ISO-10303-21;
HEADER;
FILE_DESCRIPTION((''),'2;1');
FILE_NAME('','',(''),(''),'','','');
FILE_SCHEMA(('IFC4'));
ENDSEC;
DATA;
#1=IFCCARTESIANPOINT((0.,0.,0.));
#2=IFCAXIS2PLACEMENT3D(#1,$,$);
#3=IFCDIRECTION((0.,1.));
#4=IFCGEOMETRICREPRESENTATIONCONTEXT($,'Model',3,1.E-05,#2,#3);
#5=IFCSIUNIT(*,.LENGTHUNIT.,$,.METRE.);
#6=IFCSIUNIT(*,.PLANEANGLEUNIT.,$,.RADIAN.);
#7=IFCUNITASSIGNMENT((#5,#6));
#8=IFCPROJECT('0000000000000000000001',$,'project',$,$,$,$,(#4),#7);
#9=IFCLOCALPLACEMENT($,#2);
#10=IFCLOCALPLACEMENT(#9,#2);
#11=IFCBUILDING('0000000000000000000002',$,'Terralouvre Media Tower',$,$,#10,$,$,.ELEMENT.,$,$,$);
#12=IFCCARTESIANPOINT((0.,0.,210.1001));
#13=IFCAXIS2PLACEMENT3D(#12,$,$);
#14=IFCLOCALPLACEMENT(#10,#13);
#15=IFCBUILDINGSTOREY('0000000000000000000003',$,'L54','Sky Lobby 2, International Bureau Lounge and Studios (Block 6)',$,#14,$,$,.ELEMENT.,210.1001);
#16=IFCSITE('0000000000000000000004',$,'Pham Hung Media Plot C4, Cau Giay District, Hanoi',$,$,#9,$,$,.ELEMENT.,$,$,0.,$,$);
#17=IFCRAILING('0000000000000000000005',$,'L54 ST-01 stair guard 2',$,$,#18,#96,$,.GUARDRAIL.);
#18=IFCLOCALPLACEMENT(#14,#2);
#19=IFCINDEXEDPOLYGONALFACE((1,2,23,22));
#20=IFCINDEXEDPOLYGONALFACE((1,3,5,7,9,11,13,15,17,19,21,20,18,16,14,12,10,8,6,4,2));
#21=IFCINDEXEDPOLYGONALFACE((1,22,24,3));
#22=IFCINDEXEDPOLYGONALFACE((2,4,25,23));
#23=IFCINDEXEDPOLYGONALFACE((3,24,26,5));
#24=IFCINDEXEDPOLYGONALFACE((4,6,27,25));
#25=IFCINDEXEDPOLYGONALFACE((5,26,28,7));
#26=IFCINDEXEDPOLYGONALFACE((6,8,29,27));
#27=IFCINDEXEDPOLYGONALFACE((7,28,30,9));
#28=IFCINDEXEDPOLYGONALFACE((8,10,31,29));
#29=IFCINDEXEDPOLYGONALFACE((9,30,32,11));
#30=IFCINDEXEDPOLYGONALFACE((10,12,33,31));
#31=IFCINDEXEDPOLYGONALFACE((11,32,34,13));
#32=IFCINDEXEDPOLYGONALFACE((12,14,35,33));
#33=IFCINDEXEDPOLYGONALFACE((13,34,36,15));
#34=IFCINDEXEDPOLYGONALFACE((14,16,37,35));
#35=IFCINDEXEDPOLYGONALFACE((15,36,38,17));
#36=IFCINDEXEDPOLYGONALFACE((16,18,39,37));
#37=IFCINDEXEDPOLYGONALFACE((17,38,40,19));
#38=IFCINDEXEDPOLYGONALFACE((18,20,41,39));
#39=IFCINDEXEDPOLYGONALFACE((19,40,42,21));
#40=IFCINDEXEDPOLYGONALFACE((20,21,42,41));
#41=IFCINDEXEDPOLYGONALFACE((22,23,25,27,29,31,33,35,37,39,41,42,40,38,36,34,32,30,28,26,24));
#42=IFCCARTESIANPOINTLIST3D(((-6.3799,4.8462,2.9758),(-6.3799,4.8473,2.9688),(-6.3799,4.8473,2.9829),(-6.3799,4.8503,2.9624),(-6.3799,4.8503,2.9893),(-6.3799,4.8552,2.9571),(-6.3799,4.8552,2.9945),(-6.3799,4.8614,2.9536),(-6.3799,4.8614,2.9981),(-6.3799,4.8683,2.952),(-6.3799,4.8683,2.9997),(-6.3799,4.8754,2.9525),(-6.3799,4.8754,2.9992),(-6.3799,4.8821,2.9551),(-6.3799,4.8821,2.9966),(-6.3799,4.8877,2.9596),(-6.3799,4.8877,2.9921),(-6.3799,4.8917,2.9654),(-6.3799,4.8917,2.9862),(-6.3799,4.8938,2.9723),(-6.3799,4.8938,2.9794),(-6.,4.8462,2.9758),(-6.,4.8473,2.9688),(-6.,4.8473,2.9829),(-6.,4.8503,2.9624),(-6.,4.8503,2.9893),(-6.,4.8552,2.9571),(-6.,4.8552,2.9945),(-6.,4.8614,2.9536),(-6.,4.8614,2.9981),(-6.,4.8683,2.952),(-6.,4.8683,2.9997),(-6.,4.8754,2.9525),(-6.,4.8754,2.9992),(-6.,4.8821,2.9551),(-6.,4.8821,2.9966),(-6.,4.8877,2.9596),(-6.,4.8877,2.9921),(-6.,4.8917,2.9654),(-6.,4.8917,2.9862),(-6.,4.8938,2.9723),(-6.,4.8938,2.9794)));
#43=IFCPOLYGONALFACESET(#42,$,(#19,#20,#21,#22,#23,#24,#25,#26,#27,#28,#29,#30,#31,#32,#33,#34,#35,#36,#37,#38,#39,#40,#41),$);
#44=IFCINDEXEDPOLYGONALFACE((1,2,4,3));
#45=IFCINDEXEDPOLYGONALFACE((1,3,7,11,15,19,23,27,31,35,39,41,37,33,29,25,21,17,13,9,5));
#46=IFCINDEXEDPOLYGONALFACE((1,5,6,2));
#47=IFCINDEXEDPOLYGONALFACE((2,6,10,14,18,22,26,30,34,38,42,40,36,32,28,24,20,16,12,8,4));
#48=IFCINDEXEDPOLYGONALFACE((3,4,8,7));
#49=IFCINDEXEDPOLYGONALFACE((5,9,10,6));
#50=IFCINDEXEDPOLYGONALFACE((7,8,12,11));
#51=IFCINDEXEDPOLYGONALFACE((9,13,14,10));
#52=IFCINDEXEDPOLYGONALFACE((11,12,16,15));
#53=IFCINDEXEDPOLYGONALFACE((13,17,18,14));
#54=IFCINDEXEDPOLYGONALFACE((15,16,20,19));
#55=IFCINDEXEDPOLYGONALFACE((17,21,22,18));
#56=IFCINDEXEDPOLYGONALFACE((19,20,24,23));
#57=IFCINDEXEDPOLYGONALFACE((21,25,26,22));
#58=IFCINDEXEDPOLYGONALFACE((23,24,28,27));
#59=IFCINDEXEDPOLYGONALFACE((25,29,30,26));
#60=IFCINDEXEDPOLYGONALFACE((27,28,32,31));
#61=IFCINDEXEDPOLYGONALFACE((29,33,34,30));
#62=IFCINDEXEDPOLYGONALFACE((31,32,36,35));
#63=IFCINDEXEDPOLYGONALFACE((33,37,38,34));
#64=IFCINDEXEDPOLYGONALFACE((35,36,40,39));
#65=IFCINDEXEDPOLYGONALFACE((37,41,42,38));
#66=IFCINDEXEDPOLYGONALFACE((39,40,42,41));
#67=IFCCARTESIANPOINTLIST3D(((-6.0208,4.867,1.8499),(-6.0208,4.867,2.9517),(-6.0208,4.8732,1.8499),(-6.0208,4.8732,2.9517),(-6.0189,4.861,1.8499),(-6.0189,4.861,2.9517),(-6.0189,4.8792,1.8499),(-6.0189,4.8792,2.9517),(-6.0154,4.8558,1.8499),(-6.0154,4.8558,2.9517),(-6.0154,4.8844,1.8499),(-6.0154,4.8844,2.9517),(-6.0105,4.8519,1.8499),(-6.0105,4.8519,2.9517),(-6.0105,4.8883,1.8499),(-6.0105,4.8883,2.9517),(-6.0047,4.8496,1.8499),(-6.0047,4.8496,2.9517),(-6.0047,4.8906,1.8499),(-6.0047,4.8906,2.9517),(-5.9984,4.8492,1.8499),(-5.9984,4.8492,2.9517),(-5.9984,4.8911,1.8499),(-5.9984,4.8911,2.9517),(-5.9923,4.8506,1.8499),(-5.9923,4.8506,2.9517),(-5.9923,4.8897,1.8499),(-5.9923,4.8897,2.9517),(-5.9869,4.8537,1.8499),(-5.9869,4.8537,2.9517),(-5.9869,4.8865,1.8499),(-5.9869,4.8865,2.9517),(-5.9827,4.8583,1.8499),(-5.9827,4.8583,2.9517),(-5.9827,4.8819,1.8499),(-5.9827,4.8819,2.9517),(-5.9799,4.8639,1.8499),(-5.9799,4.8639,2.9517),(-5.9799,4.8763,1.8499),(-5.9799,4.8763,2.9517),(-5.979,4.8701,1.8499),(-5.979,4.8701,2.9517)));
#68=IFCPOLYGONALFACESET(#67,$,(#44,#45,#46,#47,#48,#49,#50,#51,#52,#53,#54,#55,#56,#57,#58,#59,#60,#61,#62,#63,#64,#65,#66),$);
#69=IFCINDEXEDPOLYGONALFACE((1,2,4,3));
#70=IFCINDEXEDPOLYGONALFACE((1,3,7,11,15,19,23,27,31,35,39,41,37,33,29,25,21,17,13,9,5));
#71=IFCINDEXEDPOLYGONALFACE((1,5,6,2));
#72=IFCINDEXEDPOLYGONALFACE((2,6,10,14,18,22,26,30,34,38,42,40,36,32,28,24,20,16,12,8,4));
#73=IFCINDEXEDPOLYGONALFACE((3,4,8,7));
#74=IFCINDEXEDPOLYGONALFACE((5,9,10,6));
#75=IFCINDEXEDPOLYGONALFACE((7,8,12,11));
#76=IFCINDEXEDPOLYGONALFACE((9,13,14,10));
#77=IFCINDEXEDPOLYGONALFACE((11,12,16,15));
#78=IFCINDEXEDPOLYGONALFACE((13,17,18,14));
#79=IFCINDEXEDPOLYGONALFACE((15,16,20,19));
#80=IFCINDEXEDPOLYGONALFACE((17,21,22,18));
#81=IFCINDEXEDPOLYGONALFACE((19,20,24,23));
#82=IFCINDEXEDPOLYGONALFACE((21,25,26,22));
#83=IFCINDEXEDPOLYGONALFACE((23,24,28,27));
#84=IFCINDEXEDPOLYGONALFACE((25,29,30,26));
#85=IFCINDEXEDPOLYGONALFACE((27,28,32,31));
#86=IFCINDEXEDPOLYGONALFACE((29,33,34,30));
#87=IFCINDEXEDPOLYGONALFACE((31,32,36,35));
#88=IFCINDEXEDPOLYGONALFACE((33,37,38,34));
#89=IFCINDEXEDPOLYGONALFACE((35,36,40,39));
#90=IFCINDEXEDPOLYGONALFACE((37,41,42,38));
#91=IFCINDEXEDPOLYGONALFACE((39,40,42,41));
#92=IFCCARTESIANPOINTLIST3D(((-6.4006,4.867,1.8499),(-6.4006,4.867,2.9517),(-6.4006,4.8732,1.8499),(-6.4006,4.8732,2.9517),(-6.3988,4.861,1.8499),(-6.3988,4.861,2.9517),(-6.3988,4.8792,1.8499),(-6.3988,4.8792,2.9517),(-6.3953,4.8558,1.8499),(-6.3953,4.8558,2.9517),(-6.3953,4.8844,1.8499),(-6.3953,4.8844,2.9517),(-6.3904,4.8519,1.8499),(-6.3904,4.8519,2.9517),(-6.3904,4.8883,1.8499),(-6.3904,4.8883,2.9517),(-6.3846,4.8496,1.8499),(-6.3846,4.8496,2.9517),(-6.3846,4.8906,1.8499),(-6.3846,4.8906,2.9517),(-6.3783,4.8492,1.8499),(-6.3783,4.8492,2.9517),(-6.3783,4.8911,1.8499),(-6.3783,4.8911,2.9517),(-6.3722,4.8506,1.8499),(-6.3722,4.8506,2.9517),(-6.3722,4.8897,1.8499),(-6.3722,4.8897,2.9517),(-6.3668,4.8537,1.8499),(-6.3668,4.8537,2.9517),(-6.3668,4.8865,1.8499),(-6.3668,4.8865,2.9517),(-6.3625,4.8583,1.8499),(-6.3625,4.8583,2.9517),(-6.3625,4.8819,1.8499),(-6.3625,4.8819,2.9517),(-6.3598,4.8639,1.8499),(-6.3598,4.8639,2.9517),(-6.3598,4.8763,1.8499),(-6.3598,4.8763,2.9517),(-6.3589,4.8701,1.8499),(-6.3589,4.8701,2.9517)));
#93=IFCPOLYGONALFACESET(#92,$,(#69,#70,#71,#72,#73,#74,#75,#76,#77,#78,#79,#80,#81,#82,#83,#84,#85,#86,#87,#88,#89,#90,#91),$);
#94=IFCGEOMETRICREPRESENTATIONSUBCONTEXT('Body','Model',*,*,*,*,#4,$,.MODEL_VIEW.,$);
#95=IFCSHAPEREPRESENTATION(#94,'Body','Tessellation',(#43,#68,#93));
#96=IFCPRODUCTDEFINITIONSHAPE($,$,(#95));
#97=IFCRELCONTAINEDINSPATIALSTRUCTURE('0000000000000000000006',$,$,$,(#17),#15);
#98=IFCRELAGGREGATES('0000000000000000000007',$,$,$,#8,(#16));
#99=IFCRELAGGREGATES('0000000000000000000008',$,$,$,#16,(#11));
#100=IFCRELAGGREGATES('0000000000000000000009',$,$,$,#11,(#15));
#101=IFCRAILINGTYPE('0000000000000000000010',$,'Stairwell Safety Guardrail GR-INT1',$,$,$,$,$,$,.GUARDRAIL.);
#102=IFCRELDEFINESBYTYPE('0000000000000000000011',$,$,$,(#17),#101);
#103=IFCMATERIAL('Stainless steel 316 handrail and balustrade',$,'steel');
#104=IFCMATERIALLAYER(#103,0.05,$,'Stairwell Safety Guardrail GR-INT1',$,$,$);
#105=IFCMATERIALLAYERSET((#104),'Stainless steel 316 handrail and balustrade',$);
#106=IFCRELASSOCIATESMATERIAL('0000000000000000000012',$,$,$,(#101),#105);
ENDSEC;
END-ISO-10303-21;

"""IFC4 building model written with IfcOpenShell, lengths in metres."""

from ifc_helpers import new_model, si_unit, direction, frame, origin, origin_2d, place, context, subcontext, project, spatial, circle, extrude, material, layer, layer_set, type_object, element, save


model = new_model("IFC4")

# Units and contexts
model_context = context("Model", 3, precision=1e-05, world=origin(), true_north=direction((0.0, 1.0)))
body_context = subcontext(model_context, "Body", "Model", "MODEL_VIEW")
ifc_project = project(units=[si_unit("LENGTHUNIT", "METRE"), si_unit("PLANEANGLEUNIT", "RADIAN")], contexts=[model_context])

# Site, building, storey
site_placement = place(None, origin())
site = spatial("IfcSite", under=ifc_project, at=site_placement, Name="Pham Hung Media Plot C4, Cau Giay District, Hanoi", CompositionType="ELEMENT", RefElevation=0.0)
building_placement = place(site_placement, origin())
building = spatial("IfcBuilding", under=site, at=building_placement, Name="Terralouvre Media Tower", CompositionType="ELEMENT")
storey_placement = place(building_placement, frame((0.0, 0.0, 210.1001)))
storey = spatial("IfcBuildingStorey", under=building, at=storey_placement, Name="L54", Description="Sky Lobby 2, International Bureau Lounge and Studios (Block 6)", CompositionType="ELEMENT", Elevation=210.1001)

# Railing
ifc_material_1 = material(Name="Stainless steel 316 handrail and balustrade", Category="steel")
ifc_layer_1 = layer(ifc_material_1, 0.05, Name="Stairwell Safety Guardrail GR-INT1")
ifc_layer_set_1 = layer_set([ifc_layer_1], Name="Stainless steel 316 handrail and balustrade")
railing_type_1 = type_object("IfcRailingType", Name="Stairwell Safety Guardrail GR-INT1", PredefinedType="GUARDRAIL", material=ifc_layer_set_1)
railing_1_placement = place(storey_placement, frame((-6.0, 4.8701, 1.8499)))
element("IfcRailing", 1, at=railing_1_placement, inside=storey, type_object=railing_type_1, Name="L54 ST-01 stair guard 2", PredefinedType="GUARDRAIL", context=body_context, shape_type="SweptSolid", body=[
    extrude(circle(Radius=0.0239, at=origin_2d()), frame((0.0, 0.0, 1.126), z_axis=(-1.0, 0.0, 0.0), x_axis=(0.0, -1.0, 0.0)), (0.0, 0.0, 1.0), 0.3799),
    extrude(circle(Radius=0.021, at=origin_2d()), origin(), (0.0, 0.0, 1.0), 1.1018),
    extrude(circle(Radius=0.021, at=origin_2d()), frame((-0.3799, 0.0, 0.0)), (0.0, 0.0, 1.0), 1.1018),
])

save(model, "model.ifc")
